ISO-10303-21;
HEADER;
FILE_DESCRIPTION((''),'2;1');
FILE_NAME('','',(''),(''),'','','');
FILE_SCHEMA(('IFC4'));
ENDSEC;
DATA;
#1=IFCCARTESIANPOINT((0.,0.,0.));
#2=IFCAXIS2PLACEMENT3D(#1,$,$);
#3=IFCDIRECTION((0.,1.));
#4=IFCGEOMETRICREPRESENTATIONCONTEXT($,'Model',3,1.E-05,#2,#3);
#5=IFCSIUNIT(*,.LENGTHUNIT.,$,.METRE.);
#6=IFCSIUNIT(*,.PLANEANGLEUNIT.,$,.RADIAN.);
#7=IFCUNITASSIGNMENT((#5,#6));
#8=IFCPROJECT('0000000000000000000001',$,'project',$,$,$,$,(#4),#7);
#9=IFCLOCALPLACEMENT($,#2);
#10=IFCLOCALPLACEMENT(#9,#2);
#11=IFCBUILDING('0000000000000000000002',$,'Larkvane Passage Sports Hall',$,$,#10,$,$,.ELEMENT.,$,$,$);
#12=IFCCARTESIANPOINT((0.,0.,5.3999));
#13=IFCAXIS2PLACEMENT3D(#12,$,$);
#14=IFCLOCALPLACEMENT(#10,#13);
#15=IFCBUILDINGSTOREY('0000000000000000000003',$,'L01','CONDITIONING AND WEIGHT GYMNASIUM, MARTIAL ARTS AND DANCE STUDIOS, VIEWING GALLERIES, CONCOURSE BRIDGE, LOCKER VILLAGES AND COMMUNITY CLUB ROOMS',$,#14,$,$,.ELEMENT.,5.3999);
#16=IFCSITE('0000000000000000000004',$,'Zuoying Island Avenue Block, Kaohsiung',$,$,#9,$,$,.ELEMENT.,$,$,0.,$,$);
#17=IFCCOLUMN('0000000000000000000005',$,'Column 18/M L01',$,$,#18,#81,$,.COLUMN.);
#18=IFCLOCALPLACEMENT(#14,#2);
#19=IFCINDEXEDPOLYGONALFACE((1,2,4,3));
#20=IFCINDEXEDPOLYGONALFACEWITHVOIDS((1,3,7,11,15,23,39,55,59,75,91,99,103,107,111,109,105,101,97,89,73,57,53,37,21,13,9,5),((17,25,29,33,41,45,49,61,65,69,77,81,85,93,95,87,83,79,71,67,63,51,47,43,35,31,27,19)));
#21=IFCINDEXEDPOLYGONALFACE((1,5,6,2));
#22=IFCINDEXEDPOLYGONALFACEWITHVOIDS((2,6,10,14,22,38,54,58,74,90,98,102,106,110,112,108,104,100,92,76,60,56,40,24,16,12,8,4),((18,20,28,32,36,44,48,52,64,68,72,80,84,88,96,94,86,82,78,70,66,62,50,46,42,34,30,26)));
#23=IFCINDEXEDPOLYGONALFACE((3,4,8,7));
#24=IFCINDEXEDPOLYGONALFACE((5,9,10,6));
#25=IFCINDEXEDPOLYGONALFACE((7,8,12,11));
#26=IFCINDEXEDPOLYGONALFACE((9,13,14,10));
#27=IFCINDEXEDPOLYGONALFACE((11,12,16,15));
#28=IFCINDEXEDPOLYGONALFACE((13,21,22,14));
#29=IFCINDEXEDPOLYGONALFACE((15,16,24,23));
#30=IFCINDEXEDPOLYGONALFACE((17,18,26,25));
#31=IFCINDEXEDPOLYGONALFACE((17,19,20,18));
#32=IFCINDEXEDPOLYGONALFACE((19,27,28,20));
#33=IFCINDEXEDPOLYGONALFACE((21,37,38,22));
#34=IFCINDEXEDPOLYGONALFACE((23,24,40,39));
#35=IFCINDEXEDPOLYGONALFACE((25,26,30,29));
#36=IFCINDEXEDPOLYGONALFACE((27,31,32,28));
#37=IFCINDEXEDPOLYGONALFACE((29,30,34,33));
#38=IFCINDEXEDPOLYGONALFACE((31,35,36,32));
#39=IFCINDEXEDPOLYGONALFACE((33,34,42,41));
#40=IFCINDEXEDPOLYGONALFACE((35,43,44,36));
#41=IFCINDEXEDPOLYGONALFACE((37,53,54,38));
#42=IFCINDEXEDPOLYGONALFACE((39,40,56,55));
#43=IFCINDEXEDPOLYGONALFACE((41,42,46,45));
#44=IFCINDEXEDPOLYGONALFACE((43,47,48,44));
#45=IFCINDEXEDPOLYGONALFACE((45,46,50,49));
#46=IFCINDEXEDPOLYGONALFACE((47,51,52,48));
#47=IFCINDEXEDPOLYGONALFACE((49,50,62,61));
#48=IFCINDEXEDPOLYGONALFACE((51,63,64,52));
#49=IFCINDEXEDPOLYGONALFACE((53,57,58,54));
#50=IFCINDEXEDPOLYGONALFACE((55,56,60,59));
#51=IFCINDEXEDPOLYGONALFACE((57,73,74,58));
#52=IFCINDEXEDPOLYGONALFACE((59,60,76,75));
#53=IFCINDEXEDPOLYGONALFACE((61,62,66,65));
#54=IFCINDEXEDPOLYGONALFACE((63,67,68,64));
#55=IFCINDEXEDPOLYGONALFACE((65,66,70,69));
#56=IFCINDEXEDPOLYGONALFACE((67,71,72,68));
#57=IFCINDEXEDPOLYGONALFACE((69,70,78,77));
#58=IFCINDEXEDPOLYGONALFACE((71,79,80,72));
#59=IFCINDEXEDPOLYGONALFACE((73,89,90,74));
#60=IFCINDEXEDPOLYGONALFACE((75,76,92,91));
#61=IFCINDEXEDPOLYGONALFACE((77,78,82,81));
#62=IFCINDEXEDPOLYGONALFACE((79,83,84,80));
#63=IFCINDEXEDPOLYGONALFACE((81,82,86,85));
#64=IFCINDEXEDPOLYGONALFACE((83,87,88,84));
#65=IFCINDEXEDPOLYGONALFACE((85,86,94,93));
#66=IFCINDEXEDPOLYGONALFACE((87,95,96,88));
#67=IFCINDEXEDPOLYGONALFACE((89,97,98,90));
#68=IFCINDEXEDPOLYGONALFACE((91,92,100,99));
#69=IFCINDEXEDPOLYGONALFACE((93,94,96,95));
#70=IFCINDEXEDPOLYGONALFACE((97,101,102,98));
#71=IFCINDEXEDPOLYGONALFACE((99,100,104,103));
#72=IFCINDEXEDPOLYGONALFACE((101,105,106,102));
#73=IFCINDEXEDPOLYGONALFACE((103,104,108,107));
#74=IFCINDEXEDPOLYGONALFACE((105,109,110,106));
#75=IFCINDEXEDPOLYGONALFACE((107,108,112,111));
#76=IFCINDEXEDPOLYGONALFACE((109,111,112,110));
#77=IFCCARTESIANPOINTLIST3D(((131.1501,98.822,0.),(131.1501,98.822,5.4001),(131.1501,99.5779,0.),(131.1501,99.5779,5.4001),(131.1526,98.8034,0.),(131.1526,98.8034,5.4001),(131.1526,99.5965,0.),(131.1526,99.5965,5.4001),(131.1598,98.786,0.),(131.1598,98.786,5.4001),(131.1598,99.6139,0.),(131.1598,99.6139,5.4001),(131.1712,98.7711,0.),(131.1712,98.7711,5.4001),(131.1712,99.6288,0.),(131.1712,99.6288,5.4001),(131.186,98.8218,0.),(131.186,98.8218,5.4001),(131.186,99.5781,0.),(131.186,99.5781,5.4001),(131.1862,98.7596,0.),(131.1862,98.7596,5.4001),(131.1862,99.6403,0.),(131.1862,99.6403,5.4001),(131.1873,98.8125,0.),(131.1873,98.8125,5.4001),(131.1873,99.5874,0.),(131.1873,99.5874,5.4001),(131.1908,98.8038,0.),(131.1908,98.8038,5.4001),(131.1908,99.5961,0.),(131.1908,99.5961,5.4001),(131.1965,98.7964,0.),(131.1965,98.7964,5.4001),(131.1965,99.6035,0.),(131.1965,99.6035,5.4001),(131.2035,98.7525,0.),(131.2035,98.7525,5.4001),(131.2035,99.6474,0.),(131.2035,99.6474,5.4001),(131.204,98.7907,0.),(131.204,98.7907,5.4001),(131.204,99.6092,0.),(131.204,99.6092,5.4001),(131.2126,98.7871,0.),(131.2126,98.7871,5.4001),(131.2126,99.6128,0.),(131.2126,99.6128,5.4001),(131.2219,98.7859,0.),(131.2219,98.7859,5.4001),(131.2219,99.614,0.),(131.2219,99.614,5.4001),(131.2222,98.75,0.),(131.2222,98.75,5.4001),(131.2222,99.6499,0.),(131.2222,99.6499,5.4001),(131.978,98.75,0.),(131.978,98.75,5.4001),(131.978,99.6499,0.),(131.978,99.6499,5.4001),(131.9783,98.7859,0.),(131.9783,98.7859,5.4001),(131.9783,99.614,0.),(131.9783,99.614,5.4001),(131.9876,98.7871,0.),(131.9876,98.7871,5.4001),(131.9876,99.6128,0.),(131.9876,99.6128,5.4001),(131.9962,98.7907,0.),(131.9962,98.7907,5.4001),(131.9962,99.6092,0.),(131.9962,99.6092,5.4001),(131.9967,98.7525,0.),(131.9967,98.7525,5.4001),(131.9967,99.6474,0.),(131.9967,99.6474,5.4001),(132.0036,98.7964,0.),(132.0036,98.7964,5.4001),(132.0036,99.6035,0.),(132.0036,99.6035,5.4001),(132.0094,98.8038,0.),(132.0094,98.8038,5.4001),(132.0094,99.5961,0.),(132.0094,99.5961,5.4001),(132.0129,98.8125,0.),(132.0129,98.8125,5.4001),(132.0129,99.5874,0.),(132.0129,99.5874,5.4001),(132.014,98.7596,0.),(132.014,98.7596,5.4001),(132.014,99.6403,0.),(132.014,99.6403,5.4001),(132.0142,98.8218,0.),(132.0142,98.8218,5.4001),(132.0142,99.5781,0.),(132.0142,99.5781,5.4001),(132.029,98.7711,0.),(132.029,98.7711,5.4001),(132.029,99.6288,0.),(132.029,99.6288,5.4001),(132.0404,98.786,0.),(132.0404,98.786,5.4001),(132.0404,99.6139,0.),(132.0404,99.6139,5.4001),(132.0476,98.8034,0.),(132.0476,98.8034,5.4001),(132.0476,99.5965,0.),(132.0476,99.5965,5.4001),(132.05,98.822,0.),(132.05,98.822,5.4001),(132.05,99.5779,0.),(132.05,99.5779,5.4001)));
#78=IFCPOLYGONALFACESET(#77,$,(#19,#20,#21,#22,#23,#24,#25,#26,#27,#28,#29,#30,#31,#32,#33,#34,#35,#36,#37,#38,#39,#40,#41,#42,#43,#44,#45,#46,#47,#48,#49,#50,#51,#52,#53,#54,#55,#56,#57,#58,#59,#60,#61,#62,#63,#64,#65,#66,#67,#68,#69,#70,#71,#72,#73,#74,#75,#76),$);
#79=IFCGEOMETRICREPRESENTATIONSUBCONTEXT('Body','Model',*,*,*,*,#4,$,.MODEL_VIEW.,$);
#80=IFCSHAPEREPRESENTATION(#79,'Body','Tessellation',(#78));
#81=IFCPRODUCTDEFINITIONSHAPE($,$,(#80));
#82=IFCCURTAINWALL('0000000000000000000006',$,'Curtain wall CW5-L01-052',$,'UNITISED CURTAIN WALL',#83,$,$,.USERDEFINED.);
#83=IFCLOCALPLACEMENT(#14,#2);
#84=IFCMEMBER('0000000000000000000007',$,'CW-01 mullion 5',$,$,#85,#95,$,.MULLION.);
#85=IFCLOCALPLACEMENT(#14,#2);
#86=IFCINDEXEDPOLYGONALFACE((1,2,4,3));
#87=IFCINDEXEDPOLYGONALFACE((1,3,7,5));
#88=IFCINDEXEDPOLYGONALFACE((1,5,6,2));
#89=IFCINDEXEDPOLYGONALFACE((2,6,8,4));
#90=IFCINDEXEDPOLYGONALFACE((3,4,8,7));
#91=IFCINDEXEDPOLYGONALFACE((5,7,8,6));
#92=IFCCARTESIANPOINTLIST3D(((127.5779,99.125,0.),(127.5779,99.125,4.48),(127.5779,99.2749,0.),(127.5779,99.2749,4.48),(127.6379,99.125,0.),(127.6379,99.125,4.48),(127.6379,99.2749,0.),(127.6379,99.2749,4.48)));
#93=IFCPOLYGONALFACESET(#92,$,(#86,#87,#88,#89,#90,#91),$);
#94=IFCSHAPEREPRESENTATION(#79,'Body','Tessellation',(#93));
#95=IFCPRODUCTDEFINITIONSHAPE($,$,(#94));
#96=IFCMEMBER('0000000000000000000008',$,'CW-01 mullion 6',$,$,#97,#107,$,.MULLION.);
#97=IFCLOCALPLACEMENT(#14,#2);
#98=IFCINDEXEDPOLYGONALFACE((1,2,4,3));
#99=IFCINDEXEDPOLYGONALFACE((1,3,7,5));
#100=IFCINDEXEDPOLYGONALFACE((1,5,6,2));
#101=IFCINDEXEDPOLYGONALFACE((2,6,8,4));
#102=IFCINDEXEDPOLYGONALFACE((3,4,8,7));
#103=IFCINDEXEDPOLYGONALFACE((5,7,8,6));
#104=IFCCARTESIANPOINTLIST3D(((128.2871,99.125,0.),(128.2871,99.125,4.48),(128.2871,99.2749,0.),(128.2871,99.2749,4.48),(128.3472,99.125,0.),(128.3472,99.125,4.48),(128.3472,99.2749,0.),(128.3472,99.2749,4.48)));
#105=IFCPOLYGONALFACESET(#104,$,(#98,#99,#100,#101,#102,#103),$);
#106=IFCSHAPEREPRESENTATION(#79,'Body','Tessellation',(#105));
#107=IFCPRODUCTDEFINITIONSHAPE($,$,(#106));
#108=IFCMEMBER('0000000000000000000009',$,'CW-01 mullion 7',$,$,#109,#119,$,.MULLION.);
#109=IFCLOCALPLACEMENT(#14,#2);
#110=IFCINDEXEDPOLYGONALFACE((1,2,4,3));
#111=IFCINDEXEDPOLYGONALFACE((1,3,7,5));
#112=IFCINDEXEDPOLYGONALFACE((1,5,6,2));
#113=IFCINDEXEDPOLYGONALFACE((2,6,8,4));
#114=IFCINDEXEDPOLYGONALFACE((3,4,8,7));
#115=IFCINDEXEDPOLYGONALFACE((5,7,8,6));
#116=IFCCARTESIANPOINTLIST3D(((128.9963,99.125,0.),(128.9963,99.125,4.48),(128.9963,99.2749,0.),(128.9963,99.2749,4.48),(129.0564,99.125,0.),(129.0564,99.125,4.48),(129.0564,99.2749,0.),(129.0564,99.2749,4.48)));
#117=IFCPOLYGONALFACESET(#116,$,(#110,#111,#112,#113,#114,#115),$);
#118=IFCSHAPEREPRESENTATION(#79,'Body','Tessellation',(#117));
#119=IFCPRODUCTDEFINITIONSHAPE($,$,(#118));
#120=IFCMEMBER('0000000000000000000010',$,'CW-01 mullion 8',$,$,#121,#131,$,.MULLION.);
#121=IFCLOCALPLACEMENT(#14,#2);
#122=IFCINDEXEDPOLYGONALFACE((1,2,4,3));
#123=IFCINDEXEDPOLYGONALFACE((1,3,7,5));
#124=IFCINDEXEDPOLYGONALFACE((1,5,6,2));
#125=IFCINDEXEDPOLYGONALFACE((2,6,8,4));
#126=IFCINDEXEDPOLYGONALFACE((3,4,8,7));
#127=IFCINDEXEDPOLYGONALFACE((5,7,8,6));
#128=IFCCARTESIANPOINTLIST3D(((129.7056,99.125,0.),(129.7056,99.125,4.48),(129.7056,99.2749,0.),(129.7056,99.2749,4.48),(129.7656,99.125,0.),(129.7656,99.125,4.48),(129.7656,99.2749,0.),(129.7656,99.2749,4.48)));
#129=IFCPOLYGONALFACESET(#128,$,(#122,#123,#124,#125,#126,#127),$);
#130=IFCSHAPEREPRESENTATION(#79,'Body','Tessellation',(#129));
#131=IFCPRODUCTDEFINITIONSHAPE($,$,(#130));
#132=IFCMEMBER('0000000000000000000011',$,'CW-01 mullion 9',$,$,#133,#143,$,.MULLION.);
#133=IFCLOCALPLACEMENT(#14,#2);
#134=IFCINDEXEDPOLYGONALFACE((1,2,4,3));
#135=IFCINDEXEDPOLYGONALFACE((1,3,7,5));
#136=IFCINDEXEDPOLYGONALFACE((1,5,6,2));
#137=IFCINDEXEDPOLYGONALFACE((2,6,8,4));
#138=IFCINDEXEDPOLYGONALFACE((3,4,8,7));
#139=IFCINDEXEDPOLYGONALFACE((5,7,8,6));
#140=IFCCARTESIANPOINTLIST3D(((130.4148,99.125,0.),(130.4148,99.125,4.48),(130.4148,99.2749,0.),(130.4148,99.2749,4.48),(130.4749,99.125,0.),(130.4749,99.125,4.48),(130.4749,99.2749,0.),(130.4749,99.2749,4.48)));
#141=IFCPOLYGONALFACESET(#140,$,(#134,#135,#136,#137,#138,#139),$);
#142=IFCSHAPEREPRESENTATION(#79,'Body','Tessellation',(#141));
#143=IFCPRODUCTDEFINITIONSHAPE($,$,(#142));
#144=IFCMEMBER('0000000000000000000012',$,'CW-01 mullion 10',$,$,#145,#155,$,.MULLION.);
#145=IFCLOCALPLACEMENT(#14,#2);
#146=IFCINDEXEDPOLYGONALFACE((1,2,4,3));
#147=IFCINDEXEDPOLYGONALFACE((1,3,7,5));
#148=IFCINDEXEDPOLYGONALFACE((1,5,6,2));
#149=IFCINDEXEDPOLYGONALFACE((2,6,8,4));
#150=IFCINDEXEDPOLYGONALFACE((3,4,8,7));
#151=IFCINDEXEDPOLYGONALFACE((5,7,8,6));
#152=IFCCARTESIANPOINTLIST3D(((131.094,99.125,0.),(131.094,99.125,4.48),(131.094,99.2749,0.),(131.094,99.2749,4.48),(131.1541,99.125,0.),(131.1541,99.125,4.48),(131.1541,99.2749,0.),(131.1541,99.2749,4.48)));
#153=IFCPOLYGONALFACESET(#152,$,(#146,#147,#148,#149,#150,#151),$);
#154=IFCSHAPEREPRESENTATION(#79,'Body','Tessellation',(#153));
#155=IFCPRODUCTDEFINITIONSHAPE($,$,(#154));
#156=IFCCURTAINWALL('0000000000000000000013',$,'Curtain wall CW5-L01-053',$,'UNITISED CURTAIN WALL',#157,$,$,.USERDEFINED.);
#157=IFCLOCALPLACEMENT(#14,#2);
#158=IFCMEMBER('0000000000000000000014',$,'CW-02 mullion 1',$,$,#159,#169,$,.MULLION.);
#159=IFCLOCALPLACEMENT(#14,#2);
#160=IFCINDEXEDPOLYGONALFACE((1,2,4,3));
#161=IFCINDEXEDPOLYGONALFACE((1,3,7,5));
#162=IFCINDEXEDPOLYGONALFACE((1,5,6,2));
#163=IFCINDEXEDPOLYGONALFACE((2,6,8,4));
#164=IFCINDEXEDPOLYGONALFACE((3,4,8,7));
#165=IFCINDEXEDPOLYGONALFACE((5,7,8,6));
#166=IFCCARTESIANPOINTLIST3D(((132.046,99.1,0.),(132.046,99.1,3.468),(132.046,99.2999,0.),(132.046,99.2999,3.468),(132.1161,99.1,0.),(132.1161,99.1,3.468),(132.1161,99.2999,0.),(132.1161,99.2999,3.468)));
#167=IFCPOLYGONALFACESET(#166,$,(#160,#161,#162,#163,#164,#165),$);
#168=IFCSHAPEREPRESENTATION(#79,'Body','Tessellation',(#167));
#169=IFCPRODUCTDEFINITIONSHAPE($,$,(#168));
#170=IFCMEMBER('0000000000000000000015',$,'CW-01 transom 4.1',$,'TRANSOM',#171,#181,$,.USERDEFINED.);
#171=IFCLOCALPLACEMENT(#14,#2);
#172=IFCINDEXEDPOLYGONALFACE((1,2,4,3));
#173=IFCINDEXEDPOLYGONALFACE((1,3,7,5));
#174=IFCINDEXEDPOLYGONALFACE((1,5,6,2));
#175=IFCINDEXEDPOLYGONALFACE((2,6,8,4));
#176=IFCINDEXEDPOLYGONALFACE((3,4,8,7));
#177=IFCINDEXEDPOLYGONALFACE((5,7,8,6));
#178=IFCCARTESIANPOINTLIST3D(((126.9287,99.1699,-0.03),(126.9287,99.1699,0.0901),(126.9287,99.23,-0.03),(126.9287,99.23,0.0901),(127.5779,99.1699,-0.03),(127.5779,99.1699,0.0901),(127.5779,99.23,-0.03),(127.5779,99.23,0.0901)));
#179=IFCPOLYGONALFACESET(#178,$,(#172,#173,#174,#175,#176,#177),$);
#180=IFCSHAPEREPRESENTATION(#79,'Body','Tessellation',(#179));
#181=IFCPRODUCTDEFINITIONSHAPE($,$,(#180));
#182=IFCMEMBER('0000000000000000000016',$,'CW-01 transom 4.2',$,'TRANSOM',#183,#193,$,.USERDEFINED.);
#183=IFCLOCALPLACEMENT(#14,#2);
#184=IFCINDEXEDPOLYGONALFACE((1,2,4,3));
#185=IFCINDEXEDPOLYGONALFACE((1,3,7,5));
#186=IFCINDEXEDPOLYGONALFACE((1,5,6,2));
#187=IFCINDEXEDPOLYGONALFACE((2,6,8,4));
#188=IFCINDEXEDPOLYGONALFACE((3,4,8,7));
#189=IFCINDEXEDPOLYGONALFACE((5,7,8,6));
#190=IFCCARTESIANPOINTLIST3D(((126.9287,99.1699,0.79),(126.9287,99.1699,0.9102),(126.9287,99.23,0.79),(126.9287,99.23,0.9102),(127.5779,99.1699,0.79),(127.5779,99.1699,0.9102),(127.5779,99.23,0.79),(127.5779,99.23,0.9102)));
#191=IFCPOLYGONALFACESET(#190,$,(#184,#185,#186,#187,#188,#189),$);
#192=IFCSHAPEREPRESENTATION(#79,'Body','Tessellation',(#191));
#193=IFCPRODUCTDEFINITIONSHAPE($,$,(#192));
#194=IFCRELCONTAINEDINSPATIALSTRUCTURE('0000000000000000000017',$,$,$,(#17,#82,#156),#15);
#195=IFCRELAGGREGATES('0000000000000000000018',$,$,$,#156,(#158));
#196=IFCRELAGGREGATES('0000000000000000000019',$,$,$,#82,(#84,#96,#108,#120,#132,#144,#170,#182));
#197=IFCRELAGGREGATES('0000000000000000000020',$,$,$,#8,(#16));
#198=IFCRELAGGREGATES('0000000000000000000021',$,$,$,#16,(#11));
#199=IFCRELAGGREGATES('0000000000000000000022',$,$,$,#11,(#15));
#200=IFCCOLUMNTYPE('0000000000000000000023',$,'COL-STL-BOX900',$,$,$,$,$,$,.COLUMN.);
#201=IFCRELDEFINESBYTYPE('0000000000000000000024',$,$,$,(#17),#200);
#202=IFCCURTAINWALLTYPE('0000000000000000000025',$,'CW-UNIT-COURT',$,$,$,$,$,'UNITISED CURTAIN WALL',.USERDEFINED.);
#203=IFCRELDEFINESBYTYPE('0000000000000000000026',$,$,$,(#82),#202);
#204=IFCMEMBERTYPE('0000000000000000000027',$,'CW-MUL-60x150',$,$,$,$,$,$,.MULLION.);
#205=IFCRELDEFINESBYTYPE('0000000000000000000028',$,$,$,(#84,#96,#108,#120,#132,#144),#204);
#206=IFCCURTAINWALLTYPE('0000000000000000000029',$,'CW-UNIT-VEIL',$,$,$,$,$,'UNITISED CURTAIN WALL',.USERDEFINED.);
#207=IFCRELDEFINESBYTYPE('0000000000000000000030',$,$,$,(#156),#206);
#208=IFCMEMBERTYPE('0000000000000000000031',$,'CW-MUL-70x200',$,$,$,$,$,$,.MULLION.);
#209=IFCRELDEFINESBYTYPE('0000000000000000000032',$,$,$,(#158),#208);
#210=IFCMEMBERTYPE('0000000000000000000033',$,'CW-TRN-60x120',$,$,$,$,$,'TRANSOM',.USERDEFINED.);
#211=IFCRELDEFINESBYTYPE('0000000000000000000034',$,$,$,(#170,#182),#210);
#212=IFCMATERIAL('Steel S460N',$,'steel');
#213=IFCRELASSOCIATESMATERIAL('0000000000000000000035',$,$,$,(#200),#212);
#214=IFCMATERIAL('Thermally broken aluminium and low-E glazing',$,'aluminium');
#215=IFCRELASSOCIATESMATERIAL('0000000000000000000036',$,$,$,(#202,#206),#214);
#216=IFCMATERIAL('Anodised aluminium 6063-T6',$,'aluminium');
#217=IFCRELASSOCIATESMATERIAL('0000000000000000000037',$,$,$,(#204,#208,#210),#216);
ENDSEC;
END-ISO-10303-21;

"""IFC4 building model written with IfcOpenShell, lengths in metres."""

from ifc_helpers import new_model, si_unit, direction, frame, origin, origin_2d, place, context, subcontext, project, spatial, rectangle, hollow_rectangle, extrude, material, material_profile, profile_set, type_object, element, aggregate, save


model = new_model("IFC4")

# Units and contexts
model_context = context("Model", 3, precision=1e-05, world=origin(), true_north=direction((0.0, 1.0)))
body_context = subcontext(model_context, "Body", "Model", "MODEL_VIEW")
ifc_project = project(units=[si_unit("LENGTHUNIT", "METRE"), si_unit("PLANEANGLEUNIT", "RADIAN")], contexts=[model_context])

# Site, building, storey
site_placement = place(None, origin())
site = spatial("IfcSite", under=ifc_project, at=site_placement, Name="Zuoying Island Avenue Block, Kaohsiung", CompositionType="ELEMENT", RefElevation=0.0)
building_placement = place(site_placement, origin())
building = spatial("IfcBuilding", under=site, at=building_placement, Name="Larkvane Passage Sports Hall", CompositionType="ELEMENT")
storey_placement = place(building_placement, frame((0.0, 0.0, 5.3999)))
storey = spatial("IfcBuildingStorey", under=building, at=storey_placement, Name="L01", Description="CONDITIONING AND WEIGHT GYMNASIUM, MARTIAL ARTS AND DANCE STUDIOS, VIEWING GALLERIES, CONCOURSE BRIDGE, LOCKER VILLAGES AND COMMUNITY CLUB ROOMS", CompositionType="ELEMENT", Elevation=5.3999)

# Column
ifc_material_1 = material(Name="Steel S460N", Category="steel")
ifc_material_profile_1 = material_profile(ifc_material_1, hollow_rectangle(XDim=0.8999, YDim=0.8999, WallThickness=0.0359, InnerFilletRadius=0.0359, OuterFilletRadius=0.072, at=origin_2d()), Name="BOX-900x900x36")
ifc_profile_set_1 = profile_set([ifc_material_profile_1], Name="Steel S460N")
column_type = type_object("IfcColumnType", Name="COL-STL-BOX900", PredefinedType="COLUMN", material=ifc_profile_set_1)
column_placement = place(storey_placement, frame((131.6001, 99.2, 0.0), z_axis=(0.0, 0.0, 1.0), x_axis=(1.0, 0.0, 0.0)))
element("IfcColumn", 1, at=column_placement, inside=storey, type_object=column_type, Name="Column 18/M L01", PredefinedType="COLUMN", context=body_context, shape_type="SweptSolid", body=[
    extrude(hollow_rectangle(XDim=0.8999, YDim=0.8999, WallThickness=0.0359, InnerFilletRadius=0.0359, OuterFilletRadius=0.072, at=origin_2d()), origin(), (0.0, 0.0, 1.0), 5.4001),
])

# Curtain wall, members
ifc_material_2 = material(Name="Thermally broken aluminium and low-E glazing", Category="aluminium")
curtain_wall_type_1 = type_object("IfcCurtainWallType", Name="CW-UNIT-COURT", ElementType="UNITISED CURTAIN WALL", PredefinedType="USERDEFINED", material=ifc_material_2)
curtain_wall_1_placement = place(storey_placement, origin())
curtain_wall_1 = element("IfcCurtainWall", 2, at=curtain_wall_1_placement, inside=storey, type_object=curtain_wall_type_1, Name="Curtain wall CW5-L01-052", ObjectType="UNITISED CURTAIN WALL", PredefinedType="USERDEFINED")
ifc_material_3 = material(Name="Anodised aluminium 6063-T6", Category="aluminium")
ifc_material_profile_2 = material_profile(ifc_material_3, rectangle(XDim=0.0601, YDim=0.1499, at=origin_2d()), Name="ALU-MUL-60x150")
ifc_profile_set_2 = profile_set([ifc_material_profile_2], Name="Anodised aluminium 6063-T6")
member_type_1 = type_object("IfcMemberType", Name="CW-MUL-60x150", PredefinedType="MULLION", material=ifc_profile_set_2)
member_1_placement = place(storey_placement, frame((127.6079, 99.2, 0.0), z_axis=(0.0, 0.0, 1.0), x_axis=(1.0, 0.0, 0.0)))
member_1 = element("IfcMember", 3, at=member_1_placement, type_object=member_type_1, Name="CW-01 mullion 5", PredefinedType="MULLION", context=body_context, shape_type="SweptSolid", body=[
    extrude(rectangle(XDim=0.0601, YDim=0.1499, at=origin_2d()), origin(), (0.0, 0.0, 1.0), 4.48),
])
member_2_placement = place(storey_placement, frame((128.3171, 99.2, 0.0), z_axis=(0.0, 0.0, 1.0), x_axis=(1.0, 0.0, 0.0)))
member_2 = element("IfcMember", 4, at=member_2_placement, type_object=member_type_1, Name="CW-01 mullion 6", PredefinedType="MULLION", context=body_context, shape_type="SweptSolid", body=[
    extrude(rectangle(XDim=0.0601, YDim=0.1499, at=origin_2d()), origin(), (0.0, 0.0, 1.0), 4.48),
])
member_3_placement = place(storey_placement, frame((129.0264, 99.2, 0.0), z_axis=(0.0, 0.0, 1.0), x_axis=(1.0, 0.0, 0.0)))
member_3 = element("IfcMember", 5, at=member_3_placement, type_object=member_type_1, Name="CW-01 mullion 7", PredefinedType="MULLION", context=body_context, shape_type="SweptSolid", body=[
    extrude(rectangle(XDim=0.0601, YDim=0.1499, at=origin_2d()), origin(), (0.0, 0.0, 1.0), 4.48),
])
member_4_placement = place(storey_placement, frame((129.7356, 99.2, 0.0), z_axis=(0.0, 0.0, 1.0), x_axis=(1.0, 0.0, 0.0)))
member_4 = element("IfcMember", 6, at=member_4_placement, type_object=member_type_1, Name="CW-01 mullion 8", PredefinedType="MULLION", context=body_context, shape_type="SweptSolid", body=[
    extrude(rectangle(XDim=0.0601, YDim=0.1499, at=origin_2d()), origin(), (0.0, 0.0, 1.0), 4.48),
])
member_5_placement = place(storey_placement, frame((130.4448, 99.2, 0.0), z_axis=(0.0, 0.0, 1.0), x_axis=(1.0, 0.0, 0.0)))
member_5 = element("IfcMember", 7, at=member_5_placement, type_object=member_type_1, Name="CW-01 mullion 9", PredefinedType="MULLION", context=body_context, shape_type="SweptSolid", body=[
    extrude(rectangle(XDim=0.0601, YDim=0.1499, at=origin_2d()), origin(), (0.0, 0.0, 1.0), 4.48),
])
member_6_placement = place(storey_placement, frame((131.124, 99.2, 0.0), z_axis=(0.0, 0.0, 1.0), x_axis=(1.0, 0.0, 0.0)))
member_6 = element("IfcMember", 8, at=member_6_placement, type_object=member_type_1, Name="CW-01 mullion 10", PredefinedType="MULLION", context=body_context, shape_type="SweptSolid", body=[
    extrude(rectangle(XDim=0.0601, YDim=0.1499, at=origin_2d()), origin(), (0.0, 0.0, 1.0), 4.48),
])

# Curtain wall, member
curtain_wall_type_2 = type_object("IfcCurtainWallType", Name="CW-UNIT-VEIL", ElementType="UNITISED CURTAIN WALL", PredefinedType="USERDEFINED", material=ifc_material_2)
curtain_wall_2_placement = place(storey_placement, origin())
curtain_wall_2 = element("IfcCurtainWall", 9, at=curtain_wall_2_placement, inside=storey, type_object=curtain_wall_type_2, Name="Curtain wall CW5-L01-053", ObjectType="UNITISED CURTAIN WALL", PredefinedType="USERDEFINED")
ifc_material_profile_3 = material_profile(ifc_material_3, rectangle(XDim=0.0701, YDim=0.2, at=origin_2d()), Name="ALU-MUL-70x200")
ifc_profile_set_3 = profile_set([ifc_material_profile_3], Name="Anodised aluminium 6063-T6")
member_type_2 = type_object("IfcMemberType", Name="CW-MUL-70x200", PredefinedType="MULLION", material=ifc_profile_set_3)
member_7_placement = place(storey_placement, frame((132.0811, 99.2, 0.0), z_axis=(0.0, 0.0, 1.0), x_axis=(1.0, 0.0, 0.0)))
member_7 = element("IfcMember", 10, at=member_7_placement, type_object=member_type_2, Name="CW-02 mullion 1", PredefinedType="MULLION", context=body_context, shape_type="SweptSolid", body=[
    extrude(rectangle(XDim=0.0701, YDim=0.2, at=origin_2d()), origin(), (0.0, 0.0, 1.0), 3.468),
])

# Members
ifc_material_profile_4 = material_profile(ifc_material_3, rectangle(XDim=0.0601, YDim=0.1201, at=origin_2d()), Name="ALU-TRN-60x120")
ifc_profile_set_4 = profile_set([ifc_material_profile_4], Name="Anodised aluminium 6063-T6")
member_type_3 = type_object("IfcMemberType", Name="CW-TRN-60x120", ElementType="TRANSOM", PredefinedType="USERDEFINED", material=ifc_profile_set_4)
member_8_placement = place(storey_placement, frame((126.9287, 99.2, 0.03), z_axis=(1.0, 0.0, 0.0), x_axis=(0.0, 1.0, 0.0)))
member_8 = element("IfcMember", 11, at=member_8_placement, type_object=member_type_3, Name="CW-01 transom 4.1", ObjectType="TRANSOM", PredefinedType="USERDEFINED", context=body_context, shape_type="SweptSolid", body=[
    extrude(rectangle(XDim=0.0601, YDim=0.1201, at=origin_2d()), origin(), (0.0, 0.0, 1.0), 0.6492),
])
member_9_placement = place(storey_placement, frame((126.9287, 99.2, 0.8501), z_axis=(1.0, 0.0, 0.0), x_axis=(0.0, 1.0, 0.0)))
member_9 = element("IfcMember", 12, at=member_9_placement, type_object=member_type_3, Name="CW-01 transom 4.2", ObjectType="TRANSOM", PredefinedType="USERDEFINED", context=body_context, shape_type="SweptSolid", body=[
    extrude(rectangle(XDim=0.0601, YDim=0.1201, at=origin_2d()), origin(), (0.0, 0.0, 1.0), 0.6492),
])
aggregate(curtain_wall_2, [member_7])

aggregate(curtain_wall_1, [member_1, member_2, member_3, member_4, member_5, member_6, member_8, member_9])

save(model, "model.ifc")
